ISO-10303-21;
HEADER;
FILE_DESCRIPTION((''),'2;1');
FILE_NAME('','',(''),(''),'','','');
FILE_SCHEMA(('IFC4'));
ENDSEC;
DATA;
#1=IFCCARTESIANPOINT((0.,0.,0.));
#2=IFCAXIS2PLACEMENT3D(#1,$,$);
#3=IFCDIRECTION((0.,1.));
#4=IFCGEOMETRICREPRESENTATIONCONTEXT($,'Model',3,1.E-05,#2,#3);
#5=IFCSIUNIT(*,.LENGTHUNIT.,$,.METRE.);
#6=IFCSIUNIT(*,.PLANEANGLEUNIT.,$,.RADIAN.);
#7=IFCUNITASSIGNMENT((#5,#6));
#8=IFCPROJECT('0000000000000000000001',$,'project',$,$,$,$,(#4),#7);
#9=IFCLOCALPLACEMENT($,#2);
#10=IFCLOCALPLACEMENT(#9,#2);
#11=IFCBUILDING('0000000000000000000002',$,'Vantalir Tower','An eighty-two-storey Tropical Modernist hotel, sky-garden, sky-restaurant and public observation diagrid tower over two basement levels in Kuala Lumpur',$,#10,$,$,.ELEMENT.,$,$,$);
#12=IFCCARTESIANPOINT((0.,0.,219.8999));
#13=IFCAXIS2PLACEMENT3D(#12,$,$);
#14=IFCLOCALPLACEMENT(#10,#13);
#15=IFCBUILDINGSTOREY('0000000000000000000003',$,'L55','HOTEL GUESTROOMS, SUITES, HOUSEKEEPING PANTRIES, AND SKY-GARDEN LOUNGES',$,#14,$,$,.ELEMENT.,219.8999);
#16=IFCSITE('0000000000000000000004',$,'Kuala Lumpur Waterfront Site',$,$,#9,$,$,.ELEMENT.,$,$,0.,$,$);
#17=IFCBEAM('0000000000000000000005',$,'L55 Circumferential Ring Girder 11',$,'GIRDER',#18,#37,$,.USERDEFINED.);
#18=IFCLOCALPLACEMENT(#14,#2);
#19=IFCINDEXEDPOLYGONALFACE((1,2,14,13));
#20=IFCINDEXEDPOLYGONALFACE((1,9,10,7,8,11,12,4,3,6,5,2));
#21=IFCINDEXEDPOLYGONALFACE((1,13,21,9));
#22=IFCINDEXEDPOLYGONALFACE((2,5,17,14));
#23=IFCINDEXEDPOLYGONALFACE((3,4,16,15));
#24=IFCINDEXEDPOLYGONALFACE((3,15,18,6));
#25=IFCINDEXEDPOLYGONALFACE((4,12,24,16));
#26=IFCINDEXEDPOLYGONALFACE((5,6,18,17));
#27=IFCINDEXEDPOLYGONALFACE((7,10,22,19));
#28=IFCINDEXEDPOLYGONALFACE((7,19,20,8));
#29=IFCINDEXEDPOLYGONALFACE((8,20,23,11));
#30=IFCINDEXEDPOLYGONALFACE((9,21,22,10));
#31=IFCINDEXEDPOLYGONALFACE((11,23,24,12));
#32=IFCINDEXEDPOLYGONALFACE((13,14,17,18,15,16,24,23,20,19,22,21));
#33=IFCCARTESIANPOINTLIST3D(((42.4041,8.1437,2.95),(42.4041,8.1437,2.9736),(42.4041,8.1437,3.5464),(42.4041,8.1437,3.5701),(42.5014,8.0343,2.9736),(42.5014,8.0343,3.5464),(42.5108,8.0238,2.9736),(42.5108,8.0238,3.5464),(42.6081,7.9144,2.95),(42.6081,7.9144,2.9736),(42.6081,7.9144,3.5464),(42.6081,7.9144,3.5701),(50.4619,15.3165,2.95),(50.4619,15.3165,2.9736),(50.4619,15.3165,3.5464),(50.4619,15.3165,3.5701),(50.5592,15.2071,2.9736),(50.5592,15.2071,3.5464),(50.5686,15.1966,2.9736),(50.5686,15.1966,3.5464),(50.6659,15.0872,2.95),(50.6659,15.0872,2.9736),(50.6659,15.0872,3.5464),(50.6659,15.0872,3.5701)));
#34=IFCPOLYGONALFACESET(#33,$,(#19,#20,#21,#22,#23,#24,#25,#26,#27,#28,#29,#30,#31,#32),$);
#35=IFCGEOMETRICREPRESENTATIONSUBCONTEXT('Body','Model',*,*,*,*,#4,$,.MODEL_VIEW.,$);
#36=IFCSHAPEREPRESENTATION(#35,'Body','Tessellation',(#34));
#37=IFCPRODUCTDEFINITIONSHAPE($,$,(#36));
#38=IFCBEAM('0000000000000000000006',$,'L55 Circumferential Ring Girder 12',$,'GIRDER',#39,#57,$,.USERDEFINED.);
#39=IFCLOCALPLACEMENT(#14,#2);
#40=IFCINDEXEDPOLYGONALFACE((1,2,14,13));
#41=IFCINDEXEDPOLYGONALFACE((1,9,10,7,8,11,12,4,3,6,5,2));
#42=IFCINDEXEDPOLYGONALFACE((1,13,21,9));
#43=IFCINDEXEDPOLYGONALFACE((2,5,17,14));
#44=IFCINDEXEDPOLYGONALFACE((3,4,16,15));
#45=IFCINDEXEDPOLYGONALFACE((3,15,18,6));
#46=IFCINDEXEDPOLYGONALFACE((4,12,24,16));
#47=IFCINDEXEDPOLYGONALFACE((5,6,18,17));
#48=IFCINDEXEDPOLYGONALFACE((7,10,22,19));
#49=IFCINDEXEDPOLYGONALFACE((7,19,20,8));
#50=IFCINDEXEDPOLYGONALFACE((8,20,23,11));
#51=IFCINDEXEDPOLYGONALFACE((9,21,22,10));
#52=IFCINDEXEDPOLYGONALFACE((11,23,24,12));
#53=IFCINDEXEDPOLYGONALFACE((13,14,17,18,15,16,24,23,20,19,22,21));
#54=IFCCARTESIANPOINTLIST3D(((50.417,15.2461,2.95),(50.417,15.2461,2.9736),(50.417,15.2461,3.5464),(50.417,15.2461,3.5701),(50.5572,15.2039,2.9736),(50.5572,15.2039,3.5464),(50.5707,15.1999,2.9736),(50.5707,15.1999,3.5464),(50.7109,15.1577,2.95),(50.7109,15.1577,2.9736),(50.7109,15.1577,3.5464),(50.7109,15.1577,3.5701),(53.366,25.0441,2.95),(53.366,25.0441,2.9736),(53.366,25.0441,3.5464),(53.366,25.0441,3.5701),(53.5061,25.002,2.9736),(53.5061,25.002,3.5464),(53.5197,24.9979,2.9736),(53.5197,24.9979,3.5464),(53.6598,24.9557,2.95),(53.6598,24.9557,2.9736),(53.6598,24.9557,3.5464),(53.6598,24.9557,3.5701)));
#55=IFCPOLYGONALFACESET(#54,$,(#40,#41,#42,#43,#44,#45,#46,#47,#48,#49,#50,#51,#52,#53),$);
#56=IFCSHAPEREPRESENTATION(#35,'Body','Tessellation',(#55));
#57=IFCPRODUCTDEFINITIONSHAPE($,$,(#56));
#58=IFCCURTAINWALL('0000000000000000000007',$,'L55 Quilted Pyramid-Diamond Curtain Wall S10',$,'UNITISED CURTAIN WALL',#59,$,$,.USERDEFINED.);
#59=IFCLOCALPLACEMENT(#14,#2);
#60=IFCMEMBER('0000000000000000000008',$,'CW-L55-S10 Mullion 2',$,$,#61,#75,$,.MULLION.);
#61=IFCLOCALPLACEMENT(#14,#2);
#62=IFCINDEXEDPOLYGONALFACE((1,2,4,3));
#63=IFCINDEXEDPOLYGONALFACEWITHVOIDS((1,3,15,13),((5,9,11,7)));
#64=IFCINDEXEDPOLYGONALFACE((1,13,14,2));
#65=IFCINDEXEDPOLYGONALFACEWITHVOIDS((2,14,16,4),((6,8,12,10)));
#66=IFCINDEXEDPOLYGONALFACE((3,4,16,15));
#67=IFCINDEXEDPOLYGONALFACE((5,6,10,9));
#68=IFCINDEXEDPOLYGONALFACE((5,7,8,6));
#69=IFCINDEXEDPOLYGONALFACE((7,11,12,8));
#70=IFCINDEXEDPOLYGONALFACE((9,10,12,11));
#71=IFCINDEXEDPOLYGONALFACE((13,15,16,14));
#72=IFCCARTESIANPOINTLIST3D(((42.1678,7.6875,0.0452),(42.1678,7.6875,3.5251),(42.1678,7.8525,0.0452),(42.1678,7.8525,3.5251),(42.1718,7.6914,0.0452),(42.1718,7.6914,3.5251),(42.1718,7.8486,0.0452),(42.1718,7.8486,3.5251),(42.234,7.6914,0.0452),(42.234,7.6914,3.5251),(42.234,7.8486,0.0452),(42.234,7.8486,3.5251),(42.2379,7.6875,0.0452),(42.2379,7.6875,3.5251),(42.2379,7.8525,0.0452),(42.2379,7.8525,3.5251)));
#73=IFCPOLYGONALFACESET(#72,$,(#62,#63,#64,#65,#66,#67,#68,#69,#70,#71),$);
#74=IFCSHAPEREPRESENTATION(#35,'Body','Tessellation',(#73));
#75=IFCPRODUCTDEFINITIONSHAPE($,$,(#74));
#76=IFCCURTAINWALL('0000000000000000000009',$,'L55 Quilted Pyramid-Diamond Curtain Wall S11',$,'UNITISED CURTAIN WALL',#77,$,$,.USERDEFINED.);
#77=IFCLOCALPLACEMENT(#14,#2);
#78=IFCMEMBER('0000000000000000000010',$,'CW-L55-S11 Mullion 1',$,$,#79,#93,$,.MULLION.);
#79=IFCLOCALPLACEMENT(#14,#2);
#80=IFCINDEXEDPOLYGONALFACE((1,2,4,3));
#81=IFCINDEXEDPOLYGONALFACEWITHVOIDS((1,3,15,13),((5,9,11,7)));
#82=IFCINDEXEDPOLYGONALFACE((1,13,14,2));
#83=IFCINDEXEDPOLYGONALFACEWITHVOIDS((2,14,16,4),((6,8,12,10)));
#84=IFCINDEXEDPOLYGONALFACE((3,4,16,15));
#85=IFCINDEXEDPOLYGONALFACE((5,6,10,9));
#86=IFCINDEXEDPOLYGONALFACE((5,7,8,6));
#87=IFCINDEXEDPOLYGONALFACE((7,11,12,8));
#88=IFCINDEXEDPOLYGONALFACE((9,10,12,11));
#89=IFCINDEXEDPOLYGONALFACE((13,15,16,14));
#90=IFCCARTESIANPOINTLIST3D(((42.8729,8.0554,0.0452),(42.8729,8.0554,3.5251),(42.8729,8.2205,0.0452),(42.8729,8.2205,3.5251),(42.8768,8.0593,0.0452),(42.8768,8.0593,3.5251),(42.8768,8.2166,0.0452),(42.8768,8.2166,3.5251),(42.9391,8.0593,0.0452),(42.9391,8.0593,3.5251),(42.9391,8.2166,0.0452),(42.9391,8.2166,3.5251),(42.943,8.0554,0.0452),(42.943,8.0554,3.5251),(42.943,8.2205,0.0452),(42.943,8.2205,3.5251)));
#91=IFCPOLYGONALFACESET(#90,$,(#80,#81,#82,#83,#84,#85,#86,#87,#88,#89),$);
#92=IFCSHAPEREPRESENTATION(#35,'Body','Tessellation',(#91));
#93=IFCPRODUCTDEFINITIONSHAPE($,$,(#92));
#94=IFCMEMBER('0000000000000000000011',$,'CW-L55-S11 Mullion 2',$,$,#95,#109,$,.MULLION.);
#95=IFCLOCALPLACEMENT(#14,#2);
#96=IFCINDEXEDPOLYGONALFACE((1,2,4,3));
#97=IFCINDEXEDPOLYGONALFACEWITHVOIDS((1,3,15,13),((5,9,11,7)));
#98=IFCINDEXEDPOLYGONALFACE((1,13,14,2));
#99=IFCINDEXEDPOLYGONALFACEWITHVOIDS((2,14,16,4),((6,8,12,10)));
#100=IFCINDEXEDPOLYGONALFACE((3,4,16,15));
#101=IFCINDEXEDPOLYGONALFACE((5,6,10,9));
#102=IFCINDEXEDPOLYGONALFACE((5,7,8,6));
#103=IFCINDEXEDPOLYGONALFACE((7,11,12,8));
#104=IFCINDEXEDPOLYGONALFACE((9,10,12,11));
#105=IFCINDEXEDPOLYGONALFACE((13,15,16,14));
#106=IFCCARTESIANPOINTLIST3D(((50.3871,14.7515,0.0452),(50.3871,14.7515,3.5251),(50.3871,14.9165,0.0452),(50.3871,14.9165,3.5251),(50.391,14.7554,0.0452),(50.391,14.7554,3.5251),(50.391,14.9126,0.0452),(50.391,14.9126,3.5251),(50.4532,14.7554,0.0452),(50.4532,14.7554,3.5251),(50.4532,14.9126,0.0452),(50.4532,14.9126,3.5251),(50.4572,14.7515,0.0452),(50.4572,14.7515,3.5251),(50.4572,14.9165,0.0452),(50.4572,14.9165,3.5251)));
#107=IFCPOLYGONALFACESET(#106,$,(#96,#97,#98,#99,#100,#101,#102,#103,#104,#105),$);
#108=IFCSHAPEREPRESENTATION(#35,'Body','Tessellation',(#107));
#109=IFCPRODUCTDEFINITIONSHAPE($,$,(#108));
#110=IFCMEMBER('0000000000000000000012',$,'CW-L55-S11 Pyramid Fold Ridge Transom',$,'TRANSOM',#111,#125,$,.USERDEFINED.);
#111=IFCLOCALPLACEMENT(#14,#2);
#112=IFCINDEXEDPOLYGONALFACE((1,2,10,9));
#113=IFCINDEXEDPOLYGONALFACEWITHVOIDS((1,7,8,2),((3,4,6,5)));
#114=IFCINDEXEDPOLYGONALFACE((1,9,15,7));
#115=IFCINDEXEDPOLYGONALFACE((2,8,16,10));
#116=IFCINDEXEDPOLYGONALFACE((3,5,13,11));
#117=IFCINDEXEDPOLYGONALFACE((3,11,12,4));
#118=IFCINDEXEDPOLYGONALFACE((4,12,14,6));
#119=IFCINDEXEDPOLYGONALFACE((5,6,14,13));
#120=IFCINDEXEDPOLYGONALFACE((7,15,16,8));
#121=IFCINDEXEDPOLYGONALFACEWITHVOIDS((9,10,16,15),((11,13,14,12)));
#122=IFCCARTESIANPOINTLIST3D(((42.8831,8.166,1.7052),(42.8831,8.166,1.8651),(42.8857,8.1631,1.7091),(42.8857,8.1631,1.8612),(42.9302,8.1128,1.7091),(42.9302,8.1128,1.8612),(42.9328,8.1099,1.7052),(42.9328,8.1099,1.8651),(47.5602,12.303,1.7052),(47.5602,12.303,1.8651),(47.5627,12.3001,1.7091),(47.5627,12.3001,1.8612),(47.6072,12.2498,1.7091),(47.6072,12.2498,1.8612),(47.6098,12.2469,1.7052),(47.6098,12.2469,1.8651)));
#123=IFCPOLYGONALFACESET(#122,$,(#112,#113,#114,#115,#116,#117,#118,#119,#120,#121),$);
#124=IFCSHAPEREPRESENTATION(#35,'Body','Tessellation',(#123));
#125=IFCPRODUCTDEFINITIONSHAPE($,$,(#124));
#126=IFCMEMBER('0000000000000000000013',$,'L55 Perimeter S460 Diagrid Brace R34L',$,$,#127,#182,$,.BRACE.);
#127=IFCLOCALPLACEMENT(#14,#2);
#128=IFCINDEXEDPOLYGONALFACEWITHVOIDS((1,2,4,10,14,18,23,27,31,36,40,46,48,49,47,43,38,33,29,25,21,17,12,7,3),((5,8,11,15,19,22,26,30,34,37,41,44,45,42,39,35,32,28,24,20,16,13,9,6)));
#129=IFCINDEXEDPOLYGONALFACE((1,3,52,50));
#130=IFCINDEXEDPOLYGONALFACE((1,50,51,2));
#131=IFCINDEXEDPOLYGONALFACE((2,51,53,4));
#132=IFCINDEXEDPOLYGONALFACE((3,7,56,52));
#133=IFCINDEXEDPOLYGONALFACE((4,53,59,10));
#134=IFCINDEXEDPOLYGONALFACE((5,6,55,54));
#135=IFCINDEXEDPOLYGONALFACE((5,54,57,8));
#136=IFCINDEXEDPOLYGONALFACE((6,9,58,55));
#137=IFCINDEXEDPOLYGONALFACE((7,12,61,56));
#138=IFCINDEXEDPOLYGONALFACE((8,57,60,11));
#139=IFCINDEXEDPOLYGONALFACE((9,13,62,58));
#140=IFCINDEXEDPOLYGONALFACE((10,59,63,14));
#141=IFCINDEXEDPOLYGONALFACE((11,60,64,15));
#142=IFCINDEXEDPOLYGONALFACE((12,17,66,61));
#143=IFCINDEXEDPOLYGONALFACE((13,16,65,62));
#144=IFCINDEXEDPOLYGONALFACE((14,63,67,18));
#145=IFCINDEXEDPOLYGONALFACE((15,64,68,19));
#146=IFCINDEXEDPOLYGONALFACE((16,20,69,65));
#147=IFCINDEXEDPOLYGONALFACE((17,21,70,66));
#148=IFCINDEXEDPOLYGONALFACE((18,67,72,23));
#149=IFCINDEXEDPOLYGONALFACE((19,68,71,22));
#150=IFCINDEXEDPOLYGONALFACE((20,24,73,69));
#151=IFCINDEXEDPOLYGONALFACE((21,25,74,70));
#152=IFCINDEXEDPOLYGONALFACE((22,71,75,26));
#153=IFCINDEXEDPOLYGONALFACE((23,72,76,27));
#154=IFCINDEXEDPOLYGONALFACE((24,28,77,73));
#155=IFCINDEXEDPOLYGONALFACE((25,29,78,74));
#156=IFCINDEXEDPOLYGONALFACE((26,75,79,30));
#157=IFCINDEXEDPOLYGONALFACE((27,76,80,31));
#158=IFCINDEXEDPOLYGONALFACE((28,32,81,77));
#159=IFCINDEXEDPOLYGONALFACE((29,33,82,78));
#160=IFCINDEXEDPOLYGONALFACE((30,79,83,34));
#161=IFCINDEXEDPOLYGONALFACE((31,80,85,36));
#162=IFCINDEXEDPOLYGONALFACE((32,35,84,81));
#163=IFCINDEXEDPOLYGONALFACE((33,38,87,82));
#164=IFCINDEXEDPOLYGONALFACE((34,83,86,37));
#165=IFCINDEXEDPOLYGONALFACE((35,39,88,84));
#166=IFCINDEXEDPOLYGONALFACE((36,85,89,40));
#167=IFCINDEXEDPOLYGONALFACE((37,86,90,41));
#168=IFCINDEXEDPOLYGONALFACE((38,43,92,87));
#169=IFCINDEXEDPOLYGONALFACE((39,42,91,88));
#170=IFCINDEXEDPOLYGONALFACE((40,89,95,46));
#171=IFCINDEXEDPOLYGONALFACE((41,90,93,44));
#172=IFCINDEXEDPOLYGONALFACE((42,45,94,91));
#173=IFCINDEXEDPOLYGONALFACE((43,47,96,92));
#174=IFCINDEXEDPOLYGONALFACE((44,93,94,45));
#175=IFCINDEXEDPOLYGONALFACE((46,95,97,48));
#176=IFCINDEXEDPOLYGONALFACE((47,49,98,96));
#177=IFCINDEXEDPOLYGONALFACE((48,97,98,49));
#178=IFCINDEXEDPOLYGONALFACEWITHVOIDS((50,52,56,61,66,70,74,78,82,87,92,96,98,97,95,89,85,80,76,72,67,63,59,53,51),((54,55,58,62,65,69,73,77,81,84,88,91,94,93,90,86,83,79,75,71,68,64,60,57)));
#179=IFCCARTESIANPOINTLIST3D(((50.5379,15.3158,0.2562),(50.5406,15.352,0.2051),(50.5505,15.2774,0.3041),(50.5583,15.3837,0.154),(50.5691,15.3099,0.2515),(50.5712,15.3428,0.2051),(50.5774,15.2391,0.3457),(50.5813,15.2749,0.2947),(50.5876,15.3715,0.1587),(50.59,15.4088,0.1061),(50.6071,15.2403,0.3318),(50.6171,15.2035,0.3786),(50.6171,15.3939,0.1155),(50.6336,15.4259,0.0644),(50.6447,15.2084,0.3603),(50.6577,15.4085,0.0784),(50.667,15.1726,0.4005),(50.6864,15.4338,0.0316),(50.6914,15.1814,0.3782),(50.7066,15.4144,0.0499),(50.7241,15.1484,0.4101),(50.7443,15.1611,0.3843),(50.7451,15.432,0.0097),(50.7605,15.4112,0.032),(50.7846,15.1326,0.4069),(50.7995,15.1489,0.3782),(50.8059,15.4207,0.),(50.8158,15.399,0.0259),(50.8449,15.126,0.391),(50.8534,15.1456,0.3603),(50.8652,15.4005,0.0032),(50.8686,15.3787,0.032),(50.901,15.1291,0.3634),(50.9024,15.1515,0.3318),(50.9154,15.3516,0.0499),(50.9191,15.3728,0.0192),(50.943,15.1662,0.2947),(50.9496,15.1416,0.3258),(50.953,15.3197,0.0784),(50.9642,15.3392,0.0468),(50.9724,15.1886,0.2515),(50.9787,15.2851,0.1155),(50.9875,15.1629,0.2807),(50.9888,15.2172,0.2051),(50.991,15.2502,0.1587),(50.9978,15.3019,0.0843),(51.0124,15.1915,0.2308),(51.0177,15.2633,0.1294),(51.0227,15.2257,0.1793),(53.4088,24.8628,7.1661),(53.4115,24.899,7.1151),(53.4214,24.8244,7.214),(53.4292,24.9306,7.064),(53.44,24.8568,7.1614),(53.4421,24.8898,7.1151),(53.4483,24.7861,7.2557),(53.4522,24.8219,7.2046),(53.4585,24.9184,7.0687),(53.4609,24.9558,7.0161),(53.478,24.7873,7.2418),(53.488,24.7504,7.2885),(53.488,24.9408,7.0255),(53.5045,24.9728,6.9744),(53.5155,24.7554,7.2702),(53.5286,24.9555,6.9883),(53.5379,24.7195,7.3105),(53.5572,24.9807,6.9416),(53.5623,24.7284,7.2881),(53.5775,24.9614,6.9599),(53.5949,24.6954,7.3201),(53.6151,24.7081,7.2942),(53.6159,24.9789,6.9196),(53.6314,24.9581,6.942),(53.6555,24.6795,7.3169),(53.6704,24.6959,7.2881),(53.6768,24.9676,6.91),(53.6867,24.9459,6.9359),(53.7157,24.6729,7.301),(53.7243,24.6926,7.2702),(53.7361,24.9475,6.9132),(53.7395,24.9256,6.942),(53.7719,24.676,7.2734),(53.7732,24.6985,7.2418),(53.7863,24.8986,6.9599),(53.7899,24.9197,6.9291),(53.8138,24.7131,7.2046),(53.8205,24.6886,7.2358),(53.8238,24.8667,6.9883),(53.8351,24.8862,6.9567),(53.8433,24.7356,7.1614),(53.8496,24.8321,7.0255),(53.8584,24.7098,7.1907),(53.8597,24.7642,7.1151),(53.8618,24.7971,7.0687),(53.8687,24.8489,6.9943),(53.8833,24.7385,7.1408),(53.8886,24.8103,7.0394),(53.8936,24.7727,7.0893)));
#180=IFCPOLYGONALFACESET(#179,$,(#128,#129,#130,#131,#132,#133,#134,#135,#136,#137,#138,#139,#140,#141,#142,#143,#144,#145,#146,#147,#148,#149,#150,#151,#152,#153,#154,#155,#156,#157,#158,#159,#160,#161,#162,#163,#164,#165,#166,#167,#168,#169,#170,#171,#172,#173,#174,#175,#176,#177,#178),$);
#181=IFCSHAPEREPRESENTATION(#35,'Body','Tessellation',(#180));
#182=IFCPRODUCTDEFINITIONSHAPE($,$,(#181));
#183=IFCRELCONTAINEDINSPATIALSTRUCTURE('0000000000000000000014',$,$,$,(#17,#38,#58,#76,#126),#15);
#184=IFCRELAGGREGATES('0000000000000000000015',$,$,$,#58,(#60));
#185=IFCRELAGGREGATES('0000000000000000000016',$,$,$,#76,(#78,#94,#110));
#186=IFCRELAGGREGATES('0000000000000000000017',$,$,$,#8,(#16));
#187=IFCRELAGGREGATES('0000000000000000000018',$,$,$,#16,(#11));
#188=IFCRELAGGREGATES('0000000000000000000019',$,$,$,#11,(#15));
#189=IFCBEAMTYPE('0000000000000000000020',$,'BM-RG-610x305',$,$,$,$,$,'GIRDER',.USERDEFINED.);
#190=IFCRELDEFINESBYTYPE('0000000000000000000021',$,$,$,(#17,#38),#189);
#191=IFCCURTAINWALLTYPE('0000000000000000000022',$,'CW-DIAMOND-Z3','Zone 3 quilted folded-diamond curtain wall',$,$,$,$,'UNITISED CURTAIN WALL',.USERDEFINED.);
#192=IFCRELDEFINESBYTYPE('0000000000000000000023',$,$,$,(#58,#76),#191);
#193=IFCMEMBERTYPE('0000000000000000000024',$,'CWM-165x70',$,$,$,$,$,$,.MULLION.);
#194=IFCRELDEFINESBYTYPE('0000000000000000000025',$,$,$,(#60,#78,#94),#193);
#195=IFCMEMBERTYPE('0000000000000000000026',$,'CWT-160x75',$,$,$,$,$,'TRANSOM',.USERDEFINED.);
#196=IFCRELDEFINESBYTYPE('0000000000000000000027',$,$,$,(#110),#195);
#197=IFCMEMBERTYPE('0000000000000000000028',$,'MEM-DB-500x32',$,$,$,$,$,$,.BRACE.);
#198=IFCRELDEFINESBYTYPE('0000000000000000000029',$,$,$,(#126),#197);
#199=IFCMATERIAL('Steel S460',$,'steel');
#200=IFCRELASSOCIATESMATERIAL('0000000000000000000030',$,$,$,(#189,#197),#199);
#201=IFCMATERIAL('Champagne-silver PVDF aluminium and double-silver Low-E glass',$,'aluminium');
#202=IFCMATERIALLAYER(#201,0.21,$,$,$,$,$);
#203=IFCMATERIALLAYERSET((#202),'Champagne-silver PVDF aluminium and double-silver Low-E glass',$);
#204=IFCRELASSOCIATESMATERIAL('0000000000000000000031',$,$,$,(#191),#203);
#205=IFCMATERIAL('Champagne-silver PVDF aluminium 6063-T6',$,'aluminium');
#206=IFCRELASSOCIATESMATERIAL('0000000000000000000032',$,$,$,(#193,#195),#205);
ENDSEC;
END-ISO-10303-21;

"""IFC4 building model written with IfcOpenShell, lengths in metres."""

from ifc_helpers import new_model, si_unit, direction, frame, origin, origin_2d, place, context, subcontext, project, spatial, hollow_rectangle, hollow_circle, i_section, extrude, material, layer, layer_set, material_profile, profile_set, type_object, element, aggregate, save


model = new_model("IFC4")

# Units and contexts
model_context = context("Model", 3, precision=1e-05, world=origin(), true_north=direction((0.0, 1.0)))
body_context = subcontext(model_context, "Body", "Model", "MODEL_VIEW")
ifc_project = project(units=[si_unit("LENGTHUNIT", "METRE"), si_unit("PLANEANGLEUNIT", "RADIAN")], contexts=[model_context])

# Site, building, storey
site_placement = place(None, origin())
site = spatial("IfcSite", under=ifc_project, at=site_placement, Name="Kuala Lumpur Waterfront Site", CompositionType="ELEMENT", RefElevation=0.0)
building_placement = place(site_placement, origin())
building = spatial("IfcBuilding", under=site, at=building_placement, Name="Vantalir Tower", Description="An eighty-two-storey Tropical Modernist hotel, sky-garden, sky-restaurant and public observation diagrid tower over two basement levels in Kuala Lumpur", CompositionType="ELEMENT")
storey_placement = place(building_placement, frame((0.0, 0.0, 219.8999)))
storey = spatial("IfcBuildingStorey", under=building, at=storey_placement, Name="L55", Description="HOTEL GUESTROOMS, SUITES, HOUSEKEEPING PANTRIES, AND SKY-GARDEN LOUNGES", CompositionType="ELEMENT", Elevation=219.8999)

# Shared definitions
ifc_material_1 = material(Name="Steel S460", Category="steel")

# Beams
ifc_material_profile_1 = material_profile(ifc_material_1, i_section(OverallWidth=0.3069, OverallDepth=0.6201, WebThickness=0.0142, FlangeThickness=0.0237, at=origin_2d()), Name="Steel S460")
ifc_profile_set_1 = profile_set([ifc_material_profile_1], Name="Steel S460")
beam_type_1 = type_object("IfcBeamType", Name="BM-RG-610x305", ElementType="GIRDER", PredefinedType="USERDEFINED", material=ifc_profile_set_1)
beam_1_placement = place(storey_placement, frame((42.5061, 8.0291, 3.26), z_axis=(0.746935, 0.664897, 0.0), x_axis=(-0.664897, 0.746935, 0.0)))
element("IfcBeam", 1, at=beam_1_placement, inside=storey, type_object=beam_type_1, Name="L55 Circumferential Ring Girder 11", ObjectType="GIRDER", PredefinedType="USERDEFINED", context=body_context, shape_type="SweptSolid", body=[
    extrude(i_section(OverallWidth=0.3069, OverallDepth=0.6201, WebThickness=0.0142, FlangeThickness=0.0237, at=origin_2d()), origin(), (0.0, 0.0, 1.0), 10.7878),
])
beam_2_placement = place(storey_placement, frame((50.564, 15.2019, 3.26), z_axis=(0.288204, 0.957569, 0.0), x_axis=(-0.957569, 0.288204, 0.0)))
element("IfcBeam", 2, at=beam_2_placement, inside=storey, type_object=beam_type_1, Name="L55 Circumferential Ring Girder 12", ObjectType="GIRDER", PredefinedType="USERDEFINED", context=body_context, shape_type="SweptSolid", body=[
    extrude(i_section(OverallWidth=0.3069, OverallDepth=0.6201, WebThickness=0.0142, FlangeThickness=0.0237, at=origin_2d()), origin(), (0.0, 0.0, 1.0), 10.2322),
])

# Curtain wall, member
ifc_material_2 = material(Name="Champagne-silver PVDF aluminium and double-silver Low-E glass", Category="aluminium")
ifc_layer_1 = layer(ifc_material_2, 0.21)
ifc_layer_set_1 = layer_set([ifc_layer_1], Name="Champagne-silver PVDF aluminium and double-silver Low-E glass")
curtain_wall_type = type_object("IfcCurtainWallType", Name="CW-DIAMOND-Z3", Description="Zone 3 quilted folded-diamond curtain wall", ElementType="UNITISED CURTAIN WALL", PredefinedType="USERDEFINED", material=ifc_layer_set_1)
curtain_wall_1_placement = place(storey_placement, origin())
curtain_wall_1 = element("IfcCurtainWall", 3, at=curtain_wall_1_placement, inside=storey, type_object=curtain_wall_type, Name="L55 Quilted Pyramid-Diamond Curtain Wall S10", ObjectType="UNITISED CURTAIN WALL", PredefinedType="USERDEFINED")
ifc_material_3 = material(Name="Champagne-silver PVDF aluminium 6063-T6", Category="aluminium")
ifc_material_profile_2 = material_profile(ifc_material_3, hollow_rectangle(XDim=0.0701, YDim=0.165, WallThickness=0.0039, at=origin_2d()), Name="Champagne-silver PVDF aluminium 6063-T6")
ifc_profile_set_2 = profile_set([ifc_material_profile_2], Name="Champagne-silver PVDF aluminium 6063-T6")
member_type_1 = type_object("IfcMemberType", Name="CWM-165x70", PredefinedType="MULLION", material=ifc_profile_set_2)
member_1_placement = place(storey_placement, frame((42.2029, 7.77, 0.0452), z_axis=(0.0, 0.0, 1.0), x_axis=(1.0, 0.0, 0.0)))
member_1 = element("IfcMember", 4, at=member_1_placement, type_object=member_type_1, Name="CW-L55-S10 Mullion 2", PredefinedType="MULLION", context=body_context, shape_type="SweptSolid", body=[
    extrude(hollow_rectangle(XDim=0.0701, YDim=0.165, WallThickness=0.0039, at=origin_2d()), origin(), (0.0, 0.0, 1.0), 3.48),
])
aggregate(curtain_wall_1, [member_1])

# Curtain wall, members
curtain_wall_2_placement = place(storey_placement, origin())
curtain_wall_2 = element("IfcCurtainWall", 5, at=curtain_wall_2_placement, inside=storey, type_object=curtain_wall_type, Name="L55 Quilted Pyramid-Diamond Curtain Wall S11", ObjectType="UNITISED CURTAIN WALL", PredefinedType="USERDEFINED")
member_2_placement = place(storey_placement, frame((42.908, 8.1379, 0.0452), z_axis=(0.0, 0.0, 1.0), x_axis=(1.0, 0.0, 0.0)))
member_2 = element("IfcMember", 6, at=member_2_placement, type_object=member_type_1, Name="CW-L55-S11 Mullion 1", PredefinedType="MULLION", context=body_context, shape_type="SweptSolid", body=[
    extrude(hollow_rectangle(XDim=0.0701, YDim=0.165, WallThickness=0.0039, at=origin_2d()), origin(), (0.0, 0.0, 1.0), 3.48),
])
member_3_placement = place(storey_placement, frame((50.4221, 14.834, 0.0452), z_axis=(0.0, 0.0, 1.0), x_axis=(1.0, 0.0, 0.0)))
member_3 = element("IfcMember", 7, at=member_3_placement, type_object=member_type_1, Name="CW-L55-S11 Mullion 2", PredefinedType="MULLION", context=body_context, shape_type="SweptSolid", body=[
    extrude(hollow_rectangle(XDim=0.0701, YDim=0.165, WallThickness=0.0039, at=origin_2d()), origin(), (0.0, 0.0, 1.0), 3.48),
])
ifc_material_profile_3 = material_profile(ifc_material_3, hollow_rectangle(XDim=0.075, YDim=0.1599, WallThickness=0.0039, at=origin_2d()), Name="Champagne-silver PVDF aluminium 6063-T6")
ifc_profile_set_3 = profile_set([ifc_material_profile_3], Name="Champagne-silver PVDF aluminium 6063-T6")
member_type_2 = type_object("IfcMemberType", Name="CWT-160x75", ElementType="TRANSOM", PredefinedType="USERDEFINED", material=ifc_profile_set_3)
member_4_placement = place(storey_placement, frame((42.908, 8.1379, 1.7852), z_axis=(0.749027, 0.662539, 0.0), x_axis=(-0.662539, 0.749027, 0.0)))
member_4 = element("IfcMember", 8, at=member_4_placement, type_object=member_type_2, Name="CW-L55-S11 Pyramid Fold Ridge Transom", ObjectType="TRANSOM", PredefinedType="USERDEFINED", context=body_context, shape_type="SweptSolid", body=[
    extrude(hollow_rectangle(XDim=0.075, YDim=0.1599, WallThickness=0.0039, at=origin_2d()), origin(), (0.0, 0.0, 1.0), 6.2441),
])

# Member
ifc_material_profile_4 = material_profile(ifc_material_1, hollow_circle(Radius=0.25, WallThickness=0.032, at=origin_2d()), Name="Steel S460")
ifc_profile_set_4 = profile_set([ifc_material_profile_4], Name="Steel S460")
member_type_3 = type_object("IfcMemberType", Name="MEM-DB-500x32", PredefinedType="BRACE", material=ifc_profile_set_4)
member_5_placement = place(storey_placement, frame((50.78, 15.28, 0.2051), z_axis=(0.236678, 0.787061, 0.569665), x_axis=(-0.957639, 0.287972, 0.0)))
element("IfcMember", 9, at=member_5_placement, inside=storey, type_object=member_type_3, Name="L55 Perimeter S460 Diagrid Brace R34L", PredefinedType="BRACE", context=body_context, shape_type="SweptSolid", body=[
    extrude(hollow_circle(Radius=0.25, WallThickness=0.032, at=origin_2d()), origin(), (0.0, 0.0, 1.0), 12.1299),
])

aggregate(curtain_wall_2, [member_2, member_3, member_4])

save(model, "model.ifc")
